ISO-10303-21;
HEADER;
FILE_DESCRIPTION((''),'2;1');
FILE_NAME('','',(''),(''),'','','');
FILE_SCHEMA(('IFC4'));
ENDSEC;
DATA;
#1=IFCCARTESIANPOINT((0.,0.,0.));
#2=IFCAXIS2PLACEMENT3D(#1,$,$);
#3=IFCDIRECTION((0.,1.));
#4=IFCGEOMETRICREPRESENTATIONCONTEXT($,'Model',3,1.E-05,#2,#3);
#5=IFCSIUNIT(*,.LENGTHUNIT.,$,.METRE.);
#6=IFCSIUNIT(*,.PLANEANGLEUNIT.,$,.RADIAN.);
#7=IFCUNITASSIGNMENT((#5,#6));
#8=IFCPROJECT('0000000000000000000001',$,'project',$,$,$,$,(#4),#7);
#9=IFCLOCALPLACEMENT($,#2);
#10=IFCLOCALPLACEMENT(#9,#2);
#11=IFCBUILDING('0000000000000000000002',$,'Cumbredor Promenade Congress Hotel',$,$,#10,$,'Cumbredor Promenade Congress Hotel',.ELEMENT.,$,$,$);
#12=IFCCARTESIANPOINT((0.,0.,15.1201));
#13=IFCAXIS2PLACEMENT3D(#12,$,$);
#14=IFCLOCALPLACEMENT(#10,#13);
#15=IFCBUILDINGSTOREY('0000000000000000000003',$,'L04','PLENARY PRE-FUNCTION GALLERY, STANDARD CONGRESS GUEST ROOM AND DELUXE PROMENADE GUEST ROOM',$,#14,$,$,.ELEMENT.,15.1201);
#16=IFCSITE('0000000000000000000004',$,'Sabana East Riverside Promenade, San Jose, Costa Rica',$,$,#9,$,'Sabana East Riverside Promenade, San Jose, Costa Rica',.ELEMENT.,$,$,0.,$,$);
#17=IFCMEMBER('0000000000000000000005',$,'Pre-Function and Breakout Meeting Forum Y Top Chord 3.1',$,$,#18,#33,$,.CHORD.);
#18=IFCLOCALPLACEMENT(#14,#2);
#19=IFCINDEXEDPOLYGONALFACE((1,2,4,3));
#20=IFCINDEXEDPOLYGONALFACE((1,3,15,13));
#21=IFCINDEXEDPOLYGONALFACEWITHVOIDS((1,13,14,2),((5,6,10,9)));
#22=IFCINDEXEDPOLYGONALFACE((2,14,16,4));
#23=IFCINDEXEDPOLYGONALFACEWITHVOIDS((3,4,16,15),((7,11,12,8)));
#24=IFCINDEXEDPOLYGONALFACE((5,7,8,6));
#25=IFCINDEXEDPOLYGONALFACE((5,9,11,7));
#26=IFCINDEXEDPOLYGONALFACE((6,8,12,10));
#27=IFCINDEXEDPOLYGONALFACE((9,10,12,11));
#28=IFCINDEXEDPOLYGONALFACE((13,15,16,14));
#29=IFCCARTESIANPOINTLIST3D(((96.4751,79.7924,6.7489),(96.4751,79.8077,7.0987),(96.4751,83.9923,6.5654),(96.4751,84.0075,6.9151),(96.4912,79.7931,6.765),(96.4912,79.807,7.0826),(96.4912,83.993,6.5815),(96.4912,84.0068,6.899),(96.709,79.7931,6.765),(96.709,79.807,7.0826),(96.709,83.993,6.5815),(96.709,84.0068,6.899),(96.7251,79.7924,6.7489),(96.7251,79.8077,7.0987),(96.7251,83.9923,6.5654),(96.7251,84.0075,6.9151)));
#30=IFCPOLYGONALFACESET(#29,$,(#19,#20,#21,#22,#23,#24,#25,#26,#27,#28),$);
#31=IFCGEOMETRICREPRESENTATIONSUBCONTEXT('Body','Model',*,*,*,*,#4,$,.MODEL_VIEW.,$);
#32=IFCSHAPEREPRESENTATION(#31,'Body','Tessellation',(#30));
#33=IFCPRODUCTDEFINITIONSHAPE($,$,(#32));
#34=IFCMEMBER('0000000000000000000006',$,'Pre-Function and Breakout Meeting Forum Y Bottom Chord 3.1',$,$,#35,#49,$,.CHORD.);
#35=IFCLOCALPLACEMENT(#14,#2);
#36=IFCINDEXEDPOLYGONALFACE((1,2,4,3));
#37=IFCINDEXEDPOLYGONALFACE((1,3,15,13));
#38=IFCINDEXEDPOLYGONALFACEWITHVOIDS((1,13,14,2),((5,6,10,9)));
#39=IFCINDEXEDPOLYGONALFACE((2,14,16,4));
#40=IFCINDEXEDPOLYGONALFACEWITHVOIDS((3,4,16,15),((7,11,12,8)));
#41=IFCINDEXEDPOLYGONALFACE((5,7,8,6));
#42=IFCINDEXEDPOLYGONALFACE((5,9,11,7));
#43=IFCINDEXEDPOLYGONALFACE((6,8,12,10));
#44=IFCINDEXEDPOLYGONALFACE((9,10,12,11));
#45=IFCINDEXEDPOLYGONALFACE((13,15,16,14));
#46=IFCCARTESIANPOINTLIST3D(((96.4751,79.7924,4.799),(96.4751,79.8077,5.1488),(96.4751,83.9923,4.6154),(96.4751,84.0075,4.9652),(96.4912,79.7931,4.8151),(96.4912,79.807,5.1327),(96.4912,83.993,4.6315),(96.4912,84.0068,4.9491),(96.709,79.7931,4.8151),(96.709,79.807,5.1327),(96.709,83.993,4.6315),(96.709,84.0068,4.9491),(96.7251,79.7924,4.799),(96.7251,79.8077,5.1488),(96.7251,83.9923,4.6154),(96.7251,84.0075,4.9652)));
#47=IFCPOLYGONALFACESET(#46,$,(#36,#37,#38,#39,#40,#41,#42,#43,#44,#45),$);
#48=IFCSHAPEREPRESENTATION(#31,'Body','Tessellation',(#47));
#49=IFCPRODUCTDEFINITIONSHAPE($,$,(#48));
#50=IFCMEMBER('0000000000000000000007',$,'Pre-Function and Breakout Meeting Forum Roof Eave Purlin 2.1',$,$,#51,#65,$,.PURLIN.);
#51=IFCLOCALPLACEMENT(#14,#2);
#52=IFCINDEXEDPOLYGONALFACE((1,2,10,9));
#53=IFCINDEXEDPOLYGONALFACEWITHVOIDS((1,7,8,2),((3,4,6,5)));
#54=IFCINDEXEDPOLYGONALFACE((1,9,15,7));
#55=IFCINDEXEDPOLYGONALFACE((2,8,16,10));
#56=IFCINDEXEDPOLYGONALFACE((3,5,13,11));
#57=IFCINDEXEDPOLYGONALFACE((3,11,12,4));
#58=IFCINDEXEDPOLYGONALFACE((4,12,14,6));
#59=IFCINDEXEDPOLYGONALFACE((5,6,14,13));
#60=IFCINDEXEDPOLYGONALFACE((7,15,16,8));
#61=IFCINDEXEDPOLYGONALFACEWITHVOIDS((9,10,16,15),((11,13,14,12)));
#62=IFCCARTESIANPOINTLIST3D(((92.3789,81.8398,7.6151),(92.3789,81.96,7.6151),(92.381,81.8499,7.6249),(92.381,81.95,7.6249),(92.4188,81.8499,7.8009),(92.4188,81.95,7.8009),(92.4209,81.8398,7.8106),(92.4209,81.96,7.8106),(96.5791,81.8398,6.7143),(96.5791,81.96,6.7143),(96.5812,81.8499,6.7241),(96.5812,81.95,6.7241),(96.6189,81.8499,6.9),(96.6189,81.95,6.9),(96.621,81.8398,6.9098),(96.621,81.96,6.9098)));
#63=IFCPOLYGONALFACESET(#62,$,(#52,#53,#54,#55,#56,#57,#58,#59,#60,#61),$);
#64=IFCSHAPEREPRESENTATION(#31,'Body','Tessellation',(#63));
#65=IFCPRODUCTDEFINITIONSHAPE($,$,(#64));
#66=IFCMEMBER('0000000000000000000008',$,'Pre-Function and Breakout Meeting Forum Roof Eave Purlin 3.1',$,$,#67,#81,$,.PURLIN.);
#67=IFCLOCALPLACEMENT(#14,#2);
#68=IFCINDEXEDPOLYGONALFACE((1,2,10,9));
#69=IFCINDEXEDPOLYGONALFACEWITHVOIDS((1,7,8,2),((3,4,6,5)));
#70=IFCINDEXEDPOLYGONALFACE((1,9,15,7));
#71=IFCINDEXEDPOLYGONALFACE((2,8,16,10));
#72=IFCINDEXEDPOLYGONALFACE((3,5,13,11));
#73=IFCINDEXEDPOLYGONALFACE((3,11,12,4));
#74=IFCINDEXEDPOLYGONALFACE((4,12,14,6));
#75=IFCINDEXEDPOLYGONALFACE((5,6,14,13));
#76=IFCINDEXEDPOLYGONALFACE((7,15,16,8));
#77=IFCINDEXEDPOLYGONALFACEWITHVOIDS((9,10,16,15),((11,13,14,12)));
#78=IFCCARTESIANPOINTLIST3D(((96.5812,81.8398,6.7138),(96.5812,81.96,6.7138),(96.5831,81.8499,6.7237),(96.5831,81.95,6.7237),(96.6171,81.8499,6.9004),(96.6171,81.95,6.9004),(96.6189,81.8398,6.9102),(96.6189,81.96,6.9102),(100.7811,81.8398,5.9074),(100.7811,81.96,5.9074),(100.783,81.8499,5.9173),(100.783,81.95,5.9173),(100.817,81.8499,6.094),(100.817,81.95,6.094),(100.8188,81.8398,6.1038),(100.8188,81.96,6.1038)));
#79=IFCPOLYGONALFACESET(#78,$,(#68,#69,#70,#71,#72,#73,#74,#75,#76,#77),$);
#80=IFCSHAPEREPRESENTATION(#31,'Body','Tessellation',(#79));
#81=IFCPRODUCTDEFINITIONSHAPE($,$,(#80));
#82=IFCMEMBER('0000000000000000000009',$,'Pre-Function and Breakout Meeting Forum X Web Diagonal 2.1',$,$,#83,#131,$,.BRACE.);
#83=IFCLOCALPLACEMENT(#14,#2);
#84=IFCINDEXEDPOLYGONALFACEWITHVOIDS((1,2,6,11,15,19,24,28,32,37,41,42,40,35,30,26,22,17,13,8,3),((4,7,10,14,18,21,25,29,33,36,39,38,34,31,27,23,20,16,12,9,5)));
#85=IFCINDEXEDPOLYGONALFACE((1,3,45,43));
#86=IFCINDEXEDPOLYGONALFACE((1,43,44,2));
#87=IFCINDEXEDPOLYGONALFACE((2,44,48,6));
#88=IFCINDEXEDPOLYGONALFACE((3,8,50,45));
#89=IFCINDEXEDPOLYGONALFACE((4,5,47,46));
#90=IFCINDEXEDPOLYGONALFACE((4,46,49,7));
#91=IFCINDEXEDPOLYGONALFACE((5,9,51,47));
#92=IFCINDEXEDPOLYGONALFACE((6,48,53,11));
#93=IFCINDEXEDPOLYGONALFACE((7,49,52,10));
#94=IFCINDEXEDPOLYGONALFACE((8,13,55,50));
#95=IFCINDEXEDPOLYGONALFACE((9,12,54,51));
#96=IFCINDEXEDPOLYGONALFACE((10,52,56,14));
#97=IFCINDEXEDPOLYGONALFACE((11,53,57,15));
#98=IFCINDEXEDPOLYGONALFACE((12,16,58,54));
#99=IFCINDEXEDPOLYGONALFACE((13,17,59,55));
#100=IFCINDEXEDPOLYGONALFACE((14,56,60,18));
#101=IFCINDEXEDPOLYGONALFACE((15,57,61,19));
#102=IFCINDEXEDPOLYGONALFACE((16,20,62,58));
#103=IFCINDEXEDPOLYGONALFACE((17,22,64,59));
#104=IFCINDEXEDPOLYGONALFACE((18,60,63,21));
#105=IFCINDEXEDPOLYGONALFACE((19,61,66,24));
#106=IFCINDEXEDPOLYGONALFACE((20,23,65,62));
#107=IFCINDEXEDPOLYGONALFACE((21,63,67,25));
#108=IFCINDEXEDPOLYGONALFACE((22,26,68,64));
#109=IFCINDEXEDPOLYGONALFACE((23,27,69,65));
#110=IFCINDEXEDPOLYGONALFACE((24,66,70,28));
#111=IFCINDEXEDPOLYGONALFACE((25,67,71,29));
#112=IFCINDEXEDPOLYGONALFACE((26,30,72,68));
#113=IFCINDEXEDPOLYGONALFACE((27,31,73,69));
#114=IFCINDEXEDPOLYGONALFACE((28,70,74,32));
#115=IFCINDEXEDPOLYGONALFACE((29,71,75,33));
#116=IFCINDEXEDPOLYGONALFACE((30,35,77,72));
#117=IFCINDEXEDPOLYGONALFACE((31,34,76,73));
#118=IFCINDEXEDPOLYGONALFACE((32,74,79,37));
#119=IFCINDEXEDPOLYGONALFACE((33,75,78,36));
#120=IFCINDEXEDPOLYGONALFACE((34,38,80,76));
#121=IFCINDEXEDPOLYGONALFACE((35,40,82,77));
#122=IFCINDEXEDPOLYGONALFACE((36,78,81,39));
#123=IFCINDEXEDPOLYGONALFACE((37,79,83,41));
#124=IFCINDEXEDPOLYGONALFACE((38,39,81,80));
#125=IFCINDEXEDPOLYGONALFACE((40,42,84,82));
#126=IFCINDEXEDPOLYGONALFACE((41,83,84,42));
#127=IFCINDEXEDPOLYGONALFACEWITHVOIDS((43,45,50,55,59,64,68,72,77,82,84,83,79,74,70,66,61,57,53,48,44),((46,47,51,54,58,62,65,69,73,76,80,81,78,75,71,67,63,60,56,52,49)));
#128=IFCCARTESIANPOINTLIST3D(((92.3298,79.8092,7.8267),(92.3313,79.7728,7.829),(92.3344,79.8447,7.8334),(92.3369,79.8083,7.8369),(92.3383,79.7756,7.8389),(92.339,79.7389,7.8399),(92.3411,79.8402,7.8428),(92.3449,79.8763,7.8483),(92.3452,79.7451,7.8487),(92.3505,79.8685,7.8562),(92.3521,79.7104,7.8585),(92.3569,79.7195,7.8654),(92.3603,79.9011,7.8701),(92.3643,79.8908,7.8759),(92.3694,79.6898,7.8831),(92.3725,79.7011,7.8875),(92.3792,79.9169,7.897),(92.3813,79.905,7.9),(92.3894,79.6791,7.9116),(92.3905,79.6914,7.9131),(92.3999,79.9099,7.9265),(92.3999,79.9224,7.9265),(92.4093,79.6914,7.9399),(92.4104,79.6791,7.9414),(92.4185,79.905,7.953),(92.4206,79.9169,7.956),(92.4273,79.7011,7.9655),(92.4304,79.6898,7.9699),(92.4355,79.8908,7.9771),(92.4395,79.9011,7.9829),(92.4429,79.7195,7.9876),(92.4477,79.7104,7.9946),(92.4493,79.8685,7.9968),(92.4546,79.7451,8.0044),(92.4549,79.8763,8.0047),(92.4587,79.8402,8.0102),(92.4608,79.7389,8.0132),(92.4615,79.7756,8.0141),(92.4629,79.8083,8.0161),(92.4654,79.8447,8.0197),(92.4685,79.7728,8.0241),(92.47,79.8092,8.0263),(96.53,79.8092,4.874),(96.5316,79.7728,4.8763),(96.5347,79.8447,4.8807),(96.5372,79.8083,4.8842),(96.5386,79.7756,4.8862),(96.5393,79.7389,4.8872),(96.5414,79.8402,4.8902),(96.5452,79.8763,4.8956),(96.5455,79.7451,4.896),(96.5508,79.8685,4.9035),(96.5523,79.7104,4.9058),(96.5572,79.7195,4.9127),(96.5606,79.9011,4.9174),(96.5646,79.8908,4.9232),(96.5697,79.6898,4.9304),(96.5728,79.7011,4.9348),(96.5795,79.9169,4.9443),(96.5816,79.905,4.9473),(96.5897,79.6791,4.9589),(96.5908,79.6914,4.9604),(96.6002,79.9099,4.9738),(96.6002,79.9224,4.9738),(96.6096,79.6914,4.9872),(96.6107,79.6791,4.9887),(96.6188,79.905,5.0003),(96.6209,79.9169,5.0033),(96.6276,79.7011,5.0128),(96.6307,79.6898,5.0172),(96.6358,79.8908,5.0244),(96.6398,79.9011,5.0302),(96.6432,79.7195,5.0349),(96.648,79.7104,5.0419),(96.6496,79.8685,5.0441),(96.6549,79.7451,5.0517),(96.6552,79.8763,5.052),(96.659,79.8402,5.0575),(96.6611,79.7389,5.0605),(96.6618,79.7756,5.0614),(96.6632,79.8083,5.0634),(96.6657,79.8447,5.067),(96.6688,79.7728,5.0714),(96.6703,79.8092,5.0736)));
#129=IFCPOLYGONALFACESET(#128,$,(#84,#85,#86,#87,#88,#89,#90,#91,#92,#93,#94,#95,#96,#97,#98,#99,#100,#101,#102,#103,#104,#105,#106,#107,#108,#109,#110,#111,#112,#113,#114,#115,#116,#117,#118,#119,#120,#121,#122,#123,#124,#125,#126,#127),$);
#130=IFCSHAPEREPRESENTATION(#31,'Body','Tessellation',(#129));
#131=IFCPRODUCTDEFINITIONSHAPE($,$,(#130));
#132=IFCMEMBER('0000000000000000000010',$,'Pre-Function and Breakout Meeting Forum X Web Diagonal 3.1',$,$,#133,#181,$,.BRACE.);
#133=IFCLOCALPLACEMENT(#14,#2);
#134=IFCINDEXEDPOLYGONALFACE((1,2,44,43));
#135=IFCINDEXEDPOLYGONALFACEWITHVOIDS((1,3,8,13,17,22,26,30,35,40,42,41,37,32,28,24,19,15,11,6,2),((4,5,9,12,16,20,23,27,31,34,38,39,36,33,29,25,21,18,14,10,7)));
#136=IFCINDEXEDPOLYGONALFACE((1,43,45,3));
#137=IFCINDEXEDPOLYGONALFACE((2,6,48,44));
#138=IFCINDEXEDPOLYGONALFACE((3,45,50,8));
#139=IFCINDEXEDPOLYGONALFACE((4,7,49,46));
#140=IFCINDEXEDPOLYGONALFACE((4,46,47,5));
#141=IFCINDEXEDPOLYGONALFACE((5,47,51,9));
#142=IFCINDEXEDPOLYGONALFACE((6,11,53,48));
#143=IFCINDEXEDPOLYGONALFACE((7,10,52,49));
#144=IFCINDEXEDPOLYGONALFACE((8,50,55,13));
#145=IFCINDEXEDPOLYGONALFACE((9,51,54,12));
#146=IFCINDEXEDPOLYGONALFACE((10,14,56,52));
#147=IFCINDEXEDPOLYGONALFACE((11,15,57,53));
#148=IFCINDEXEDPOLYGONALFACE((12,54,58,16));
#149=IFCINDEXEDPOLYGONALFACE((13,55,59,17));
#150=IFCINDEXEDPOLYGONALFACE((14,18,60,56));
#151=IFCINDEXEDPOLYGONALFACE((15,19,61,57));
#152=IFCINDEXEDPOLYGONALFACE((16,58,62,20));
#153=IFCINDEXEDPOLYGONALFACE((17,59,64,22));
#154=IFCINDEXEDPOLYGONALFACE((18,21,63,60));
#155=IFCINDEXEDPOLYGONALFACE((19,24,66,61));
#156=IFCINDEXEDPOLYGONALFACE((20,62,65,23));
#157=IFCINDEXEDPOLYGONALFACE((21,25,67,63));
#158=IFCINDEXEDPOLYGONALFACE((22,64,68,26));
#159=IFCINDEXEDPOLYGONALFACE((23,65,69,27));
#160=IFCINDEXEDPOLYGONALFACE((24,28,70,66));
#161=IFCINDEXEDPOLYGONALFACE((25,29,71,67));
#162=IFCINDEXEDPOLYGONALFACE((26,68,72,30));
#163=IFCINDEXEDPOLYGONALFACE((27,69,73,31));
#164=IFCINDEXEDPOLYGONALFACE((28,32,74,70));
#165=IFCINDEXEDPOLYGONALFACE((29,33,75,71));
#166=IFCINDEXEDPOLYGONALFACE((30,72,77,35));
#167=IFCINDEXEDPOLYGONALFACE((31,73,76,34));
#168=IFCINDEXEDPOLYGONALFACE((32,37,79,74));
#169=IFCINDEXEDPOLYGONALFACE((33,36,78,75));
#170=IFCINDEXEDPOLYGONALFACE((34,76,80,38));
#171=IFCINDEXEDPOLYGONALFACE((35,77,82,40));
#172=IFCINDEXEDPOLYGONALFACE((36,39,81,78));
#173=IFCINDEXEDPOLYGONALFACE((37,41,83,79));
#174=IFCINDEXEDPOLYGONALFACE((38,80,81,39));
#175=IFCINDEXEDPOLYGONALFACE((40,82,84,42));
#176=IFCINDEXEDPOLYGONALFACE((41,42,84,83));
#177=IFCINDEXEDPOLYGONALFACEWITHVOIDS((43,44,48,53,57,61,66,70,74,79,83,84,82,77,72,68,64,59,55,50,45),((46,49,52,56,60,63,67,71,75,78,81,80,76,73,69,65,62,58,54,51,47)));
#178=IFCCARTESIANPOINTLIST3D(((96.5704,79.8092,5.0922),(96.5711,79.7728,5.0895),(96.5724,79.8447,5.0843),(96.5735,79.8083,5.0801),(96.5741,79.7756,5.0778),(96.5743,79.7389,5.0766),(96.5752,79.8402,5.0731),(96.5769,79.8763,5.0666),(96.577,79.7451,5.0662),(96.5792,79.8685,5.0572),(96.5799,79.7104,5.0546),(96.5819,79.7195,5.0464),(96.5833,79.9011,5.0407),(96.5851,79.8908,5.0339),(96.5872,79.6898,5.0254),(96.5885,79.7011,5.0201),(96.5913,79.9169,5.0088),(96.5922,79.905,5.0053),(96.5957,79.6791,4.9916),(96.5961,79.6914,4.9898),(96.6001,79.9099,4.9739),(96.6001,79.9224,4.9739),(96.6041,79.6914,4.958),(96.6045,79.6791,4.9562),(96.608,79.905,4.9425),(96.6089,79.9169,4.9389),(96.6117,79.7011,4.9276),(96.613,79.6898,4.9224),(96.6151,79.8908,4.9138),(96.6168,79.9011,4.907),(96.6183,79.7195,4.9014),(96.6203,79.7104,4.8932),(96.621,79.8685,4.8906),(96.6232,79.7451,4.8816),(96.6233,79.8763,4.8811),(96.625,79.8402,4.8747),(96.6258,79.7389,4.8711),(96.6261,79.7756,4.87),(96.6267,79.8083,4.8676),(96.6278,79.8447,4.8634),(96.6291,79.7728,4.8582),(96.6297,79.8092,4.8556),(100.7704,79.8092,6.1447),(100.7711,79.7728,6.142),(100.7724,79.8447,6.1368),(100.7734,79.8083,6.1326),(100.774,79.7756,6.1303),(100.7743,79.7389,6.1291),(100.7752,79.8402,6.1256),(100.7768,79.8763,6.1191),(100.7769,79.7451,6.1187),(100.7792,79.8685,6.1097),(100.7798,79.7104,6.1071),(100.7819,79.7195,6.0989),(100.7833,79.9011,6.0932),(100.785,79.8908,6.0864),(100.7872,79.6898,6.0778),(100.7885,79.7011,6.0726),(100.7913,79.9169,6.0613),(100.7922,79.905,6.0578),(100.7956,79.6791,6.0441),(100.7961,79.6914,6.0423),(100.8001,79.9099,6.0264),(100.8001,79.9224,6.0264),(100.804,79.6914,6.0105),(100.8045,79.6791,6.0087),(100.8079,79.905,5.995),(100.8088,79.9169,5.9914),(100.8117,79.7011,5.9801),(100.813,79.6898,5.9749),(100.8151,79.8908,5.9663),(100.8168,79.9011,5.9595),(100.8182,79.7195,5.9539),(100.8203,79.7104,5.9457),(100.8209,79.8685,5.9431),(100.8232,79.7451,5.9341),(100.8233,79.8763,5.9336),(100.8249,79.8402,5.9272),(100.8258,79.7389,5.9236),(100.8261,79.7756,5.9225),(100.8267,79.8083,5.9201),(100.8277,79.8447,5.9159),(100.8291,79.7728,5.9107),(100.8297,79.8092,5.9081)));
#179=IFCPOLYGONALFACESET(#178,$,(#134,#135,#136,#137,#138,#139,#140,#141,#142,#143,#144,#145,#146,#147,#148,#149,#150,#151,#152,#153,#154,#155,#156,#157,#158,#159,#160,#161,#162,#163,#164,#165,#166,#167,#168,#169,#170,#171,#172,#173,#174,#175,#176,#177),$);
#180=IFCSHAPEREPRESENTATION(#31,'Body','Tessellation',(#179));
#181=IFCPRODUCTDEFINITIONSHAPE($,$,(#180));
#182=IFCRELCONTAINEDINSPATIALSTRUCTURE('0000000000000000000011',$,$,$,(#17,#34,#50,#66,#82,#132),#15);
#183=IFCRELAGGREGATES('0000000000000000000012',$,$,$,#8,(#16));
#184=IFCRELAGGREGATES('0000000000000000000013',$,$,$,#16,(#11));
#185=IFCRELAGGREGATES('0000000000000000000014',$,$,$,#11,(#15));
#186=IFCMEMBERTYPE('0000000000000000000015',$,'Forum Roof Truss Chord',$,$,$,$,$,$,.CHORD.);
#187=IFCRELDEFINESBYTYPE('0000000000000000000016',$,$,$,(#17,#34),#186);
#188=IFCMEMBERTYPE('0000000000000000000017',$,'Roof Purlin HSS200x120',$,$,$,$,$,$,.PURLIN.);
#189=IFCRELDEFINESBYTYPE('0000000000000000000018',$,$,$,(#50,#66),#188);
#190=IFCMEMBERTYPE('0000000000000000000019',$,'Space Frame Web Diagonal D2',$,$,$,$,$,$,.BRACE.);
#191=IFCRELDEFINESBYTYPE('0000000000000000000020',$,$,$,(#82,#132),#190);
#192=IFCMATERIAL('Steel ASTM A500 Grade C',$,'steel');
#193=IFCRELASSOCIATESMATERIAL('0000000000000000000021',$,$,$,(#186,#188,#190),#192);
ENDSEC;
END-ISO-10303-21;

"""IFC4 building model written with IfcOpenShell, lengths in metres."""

from ifc_helpers import new_model, si_unit, direction, frame, origin, origin_2d, place, context, subcontext, project, spatial, hollow_rectangle, hollow_circle, extrude, material, material_profile, profile_set, type_object, element, save


model = new_model("IFC4")

# Units and contexts
model_context = context("Model", 3, precision=1e-05, world=origin(), true_north=direction((0.0, 1.0)))
body_context = subcontext(model_context, "Body", "Model", "MODEL_VIEW")
ifc_project = project(units=[si_unit("LENGTHUNIT", "METRE"), si_unit("PLANEANGLEUNIT", "RADIAN")], contexts=[model_context])

# Site, building, storey
site_placement = place(None, origin())
site = spatial("IfcSite", under=ifc_project, at=site_placement, Name="Sabana East Riverside Promenade, San Jose, Costa Rica", LongName="Sabana East Riverside Promenade, San Jose, Costa Rica", CompositionType="ELEMENT", RefElevation=0.0)
building_placement = place(site_placement, origin())
building = spatial("IfcBuilding", under=site, at=building_placement, Name="Cumbredor Promenade Congress Hotel", LongName="Cumbredor Promenade Congress Hotel", CompositionType="ELEMENT")
storey_placement = place(building_placement, frame((0.0, 0.0, 15.1201)))
storey = spatial("IfcBuildingStorey", under=building, at=storey_placement, Name="L04", Description="PLENARY PRE-FUNCTION GALLERY, STANDARD CONGRESS GUEST ROOM AND DELUXE PROMENADE GUEST ROOM", CompositionType="ELEMENT", Elevation=15.1201)

# Members
ifc_material_1 = material(Name="Steel ASTM A500 Grade C", Category="steel")
ifc_material_profile_1 = material_profile(ifc_material_1, hollow_rectangle(XDim=0.25, YDim=0.3501, WallThickness=0.0161, at=origin_2d()), Name="HSS 350x250x16")
ifc_profile_set_1 = profile_set([ifc_material_profile_1], Name="Steel ASTM A500 Grade C")
member_type_1 = type_object("IfcMemberType", Name="Forum Roof Truss Chord", PredefinedType="CHORD", material=ifc_profile_set_1)
for number, where, z_axis, x_axis, name in (
    (1, (96.6001, 79.8, 6.9238), (0.0, 0.999046, -0.043672), (-1.0, 0.0, 0.0), "Pre-Function and Breakout Meeting Forum Y Top Chord 3.1"),
    (2, (96.6001, 79.8, 4.9739), (0.0, 0.999046, -0.043672), (-1.0, 0.0, 0.0), "Pre-Function and Breakout Meeting Forum Y Bottom Chord 3.1"),
):
    element("IfcMember", number, at=place(storey_placement, frame(where, z_axis=z_axis, x_axis=x_axis)), inside=storey, type_object=member_type_1, Name=name, PredefinedType="CHORD", context=body_context, shape_type="SweptSolid", body=[
        extrude(hollow_rectangle(XDim=0.25, YDim=0.3501, WallThickness=0.0161, at=origin_2d()), origin(), (0.0, 0.0, 1.0), 4.2039),
    ])
ifc_material_profile_2 = material_profile(ifc_material_1, hollow_rectangle(XDim=0.1201, YDim=0.2, WallThickness=0.01, at=origin_2d()), Name="HSS 200x120x10")
ifc_profile_set_2 = profile_set([ifc_material_profile_2], Name="Steel ASTM A500 Grade C")
member_type_2 = type_object("IfcMemberType", Name="Roof Purlin HSS200x120", PredefinedType="PURLIN", material=ifc_profile_set_2)
member_1_placement = place(storey_placement, frame((92.3999, 81.8999, 7.7129), z_axis=(0.977762, 0.0, -0.209715), x_axis=(0.0, 1.0, 0.0)))
element("IfcMember", 3, at=member_1_placement, inside=storey, type_object=member_type_2, Name="Pre-Function and Breakout Meeting Forum Roof Eave Purlin 2.1", PredefinedType="PURLIN", context=body_context, shape_type="SweptSolid", body=[
    extrude(hollow_rectangle(XDim=0.1201, YDim=0.2, WallThickness=0.01, at=origin_2d()), origin(), (0.0, 0.0, 1.0), 4.2957),
])
member_2_placement = place(storey_placement, frame((96.6001, 81.8999, 6.812), z_axis=(0.982062, 0.0, -0.188557), x_axis=(0.0, 1.0, 0.0)))
element("IfcMember", 4, at=member_2_placement, inside=storey, type_object=member_type_2, Name="Pre-Function and Breakout Meeting Forum Roof Eave Purlin 3.1", PredefinedType="PURLIN", context=body_context, shape_type="SweptSolid", body=[
    extrude(hollow_rectangle(XDim=0.1201, YDim=0.2, WallThickness=0.01, at=origin_2d()), origin(), (0.0, 0.0, 1.0), 4.2766),
])
ifc_material_profile_3 = material_profile(ifc_material_1, hollow_circle(Radius=0.1223, WallThickness=0.0125, at=origin_2d()), Name="CHS 244.5x12.5")
ifc_profile_set_3 = profile_set([ifc_material_profile_3], Name="Steel ASTM A500 Grade C")
member_type_3 = type_object("IfcMemberType", Name="Space Frame Web Diagonal D2", PredefinedType="BRACE", material=ifc_profile_set_3)
member_3_placement = place(storey_placement, frame((92.3999, 79.8, 7.9265), z_axis=(0.818086, 0.0, -0.575095), x_axis=(0.0, 1.0, 0.0)))
element("IfcMember", 5, at=member_3_placement, inside=storey, type_object=member_type_3, Name="Pre-Function and Breakout Meeting Forum X Web Diagonal 2.1", PredefinedType="BRACE", context=body_context, shape_type="SweptSolid", body=[
    extrude(hollow_circle(Radius=0.1223, WallThickness=0.0125, at=origin_2d()), origin(), (0.0, 0.0, 1.0), 5.1343),
])
member_4_placement = place(storey_placement, frame((96.6001, 79.8, 4.9739), z_axis=(0.970006, 0.0, 0.24308), x_axis=(0.0, 1.0, 0.0)))
element("IfcMember", 6, at=member_4_placement, inside=storey, type_object=member_type_3, Name="Pre-Function and Breakout Meeting Forum X Web Diagonal 3.1", PredefinedType="BRACE", context=body_context, shape_type="SweptSolid", body=[
    extrude(hollow_circle(Radius=0.1223, WallThickness=0.0125, at=origin_2d()), origin(), (0.0, 0.0, 1.0), 4.3298),
])

save(model, "model.ifc")
